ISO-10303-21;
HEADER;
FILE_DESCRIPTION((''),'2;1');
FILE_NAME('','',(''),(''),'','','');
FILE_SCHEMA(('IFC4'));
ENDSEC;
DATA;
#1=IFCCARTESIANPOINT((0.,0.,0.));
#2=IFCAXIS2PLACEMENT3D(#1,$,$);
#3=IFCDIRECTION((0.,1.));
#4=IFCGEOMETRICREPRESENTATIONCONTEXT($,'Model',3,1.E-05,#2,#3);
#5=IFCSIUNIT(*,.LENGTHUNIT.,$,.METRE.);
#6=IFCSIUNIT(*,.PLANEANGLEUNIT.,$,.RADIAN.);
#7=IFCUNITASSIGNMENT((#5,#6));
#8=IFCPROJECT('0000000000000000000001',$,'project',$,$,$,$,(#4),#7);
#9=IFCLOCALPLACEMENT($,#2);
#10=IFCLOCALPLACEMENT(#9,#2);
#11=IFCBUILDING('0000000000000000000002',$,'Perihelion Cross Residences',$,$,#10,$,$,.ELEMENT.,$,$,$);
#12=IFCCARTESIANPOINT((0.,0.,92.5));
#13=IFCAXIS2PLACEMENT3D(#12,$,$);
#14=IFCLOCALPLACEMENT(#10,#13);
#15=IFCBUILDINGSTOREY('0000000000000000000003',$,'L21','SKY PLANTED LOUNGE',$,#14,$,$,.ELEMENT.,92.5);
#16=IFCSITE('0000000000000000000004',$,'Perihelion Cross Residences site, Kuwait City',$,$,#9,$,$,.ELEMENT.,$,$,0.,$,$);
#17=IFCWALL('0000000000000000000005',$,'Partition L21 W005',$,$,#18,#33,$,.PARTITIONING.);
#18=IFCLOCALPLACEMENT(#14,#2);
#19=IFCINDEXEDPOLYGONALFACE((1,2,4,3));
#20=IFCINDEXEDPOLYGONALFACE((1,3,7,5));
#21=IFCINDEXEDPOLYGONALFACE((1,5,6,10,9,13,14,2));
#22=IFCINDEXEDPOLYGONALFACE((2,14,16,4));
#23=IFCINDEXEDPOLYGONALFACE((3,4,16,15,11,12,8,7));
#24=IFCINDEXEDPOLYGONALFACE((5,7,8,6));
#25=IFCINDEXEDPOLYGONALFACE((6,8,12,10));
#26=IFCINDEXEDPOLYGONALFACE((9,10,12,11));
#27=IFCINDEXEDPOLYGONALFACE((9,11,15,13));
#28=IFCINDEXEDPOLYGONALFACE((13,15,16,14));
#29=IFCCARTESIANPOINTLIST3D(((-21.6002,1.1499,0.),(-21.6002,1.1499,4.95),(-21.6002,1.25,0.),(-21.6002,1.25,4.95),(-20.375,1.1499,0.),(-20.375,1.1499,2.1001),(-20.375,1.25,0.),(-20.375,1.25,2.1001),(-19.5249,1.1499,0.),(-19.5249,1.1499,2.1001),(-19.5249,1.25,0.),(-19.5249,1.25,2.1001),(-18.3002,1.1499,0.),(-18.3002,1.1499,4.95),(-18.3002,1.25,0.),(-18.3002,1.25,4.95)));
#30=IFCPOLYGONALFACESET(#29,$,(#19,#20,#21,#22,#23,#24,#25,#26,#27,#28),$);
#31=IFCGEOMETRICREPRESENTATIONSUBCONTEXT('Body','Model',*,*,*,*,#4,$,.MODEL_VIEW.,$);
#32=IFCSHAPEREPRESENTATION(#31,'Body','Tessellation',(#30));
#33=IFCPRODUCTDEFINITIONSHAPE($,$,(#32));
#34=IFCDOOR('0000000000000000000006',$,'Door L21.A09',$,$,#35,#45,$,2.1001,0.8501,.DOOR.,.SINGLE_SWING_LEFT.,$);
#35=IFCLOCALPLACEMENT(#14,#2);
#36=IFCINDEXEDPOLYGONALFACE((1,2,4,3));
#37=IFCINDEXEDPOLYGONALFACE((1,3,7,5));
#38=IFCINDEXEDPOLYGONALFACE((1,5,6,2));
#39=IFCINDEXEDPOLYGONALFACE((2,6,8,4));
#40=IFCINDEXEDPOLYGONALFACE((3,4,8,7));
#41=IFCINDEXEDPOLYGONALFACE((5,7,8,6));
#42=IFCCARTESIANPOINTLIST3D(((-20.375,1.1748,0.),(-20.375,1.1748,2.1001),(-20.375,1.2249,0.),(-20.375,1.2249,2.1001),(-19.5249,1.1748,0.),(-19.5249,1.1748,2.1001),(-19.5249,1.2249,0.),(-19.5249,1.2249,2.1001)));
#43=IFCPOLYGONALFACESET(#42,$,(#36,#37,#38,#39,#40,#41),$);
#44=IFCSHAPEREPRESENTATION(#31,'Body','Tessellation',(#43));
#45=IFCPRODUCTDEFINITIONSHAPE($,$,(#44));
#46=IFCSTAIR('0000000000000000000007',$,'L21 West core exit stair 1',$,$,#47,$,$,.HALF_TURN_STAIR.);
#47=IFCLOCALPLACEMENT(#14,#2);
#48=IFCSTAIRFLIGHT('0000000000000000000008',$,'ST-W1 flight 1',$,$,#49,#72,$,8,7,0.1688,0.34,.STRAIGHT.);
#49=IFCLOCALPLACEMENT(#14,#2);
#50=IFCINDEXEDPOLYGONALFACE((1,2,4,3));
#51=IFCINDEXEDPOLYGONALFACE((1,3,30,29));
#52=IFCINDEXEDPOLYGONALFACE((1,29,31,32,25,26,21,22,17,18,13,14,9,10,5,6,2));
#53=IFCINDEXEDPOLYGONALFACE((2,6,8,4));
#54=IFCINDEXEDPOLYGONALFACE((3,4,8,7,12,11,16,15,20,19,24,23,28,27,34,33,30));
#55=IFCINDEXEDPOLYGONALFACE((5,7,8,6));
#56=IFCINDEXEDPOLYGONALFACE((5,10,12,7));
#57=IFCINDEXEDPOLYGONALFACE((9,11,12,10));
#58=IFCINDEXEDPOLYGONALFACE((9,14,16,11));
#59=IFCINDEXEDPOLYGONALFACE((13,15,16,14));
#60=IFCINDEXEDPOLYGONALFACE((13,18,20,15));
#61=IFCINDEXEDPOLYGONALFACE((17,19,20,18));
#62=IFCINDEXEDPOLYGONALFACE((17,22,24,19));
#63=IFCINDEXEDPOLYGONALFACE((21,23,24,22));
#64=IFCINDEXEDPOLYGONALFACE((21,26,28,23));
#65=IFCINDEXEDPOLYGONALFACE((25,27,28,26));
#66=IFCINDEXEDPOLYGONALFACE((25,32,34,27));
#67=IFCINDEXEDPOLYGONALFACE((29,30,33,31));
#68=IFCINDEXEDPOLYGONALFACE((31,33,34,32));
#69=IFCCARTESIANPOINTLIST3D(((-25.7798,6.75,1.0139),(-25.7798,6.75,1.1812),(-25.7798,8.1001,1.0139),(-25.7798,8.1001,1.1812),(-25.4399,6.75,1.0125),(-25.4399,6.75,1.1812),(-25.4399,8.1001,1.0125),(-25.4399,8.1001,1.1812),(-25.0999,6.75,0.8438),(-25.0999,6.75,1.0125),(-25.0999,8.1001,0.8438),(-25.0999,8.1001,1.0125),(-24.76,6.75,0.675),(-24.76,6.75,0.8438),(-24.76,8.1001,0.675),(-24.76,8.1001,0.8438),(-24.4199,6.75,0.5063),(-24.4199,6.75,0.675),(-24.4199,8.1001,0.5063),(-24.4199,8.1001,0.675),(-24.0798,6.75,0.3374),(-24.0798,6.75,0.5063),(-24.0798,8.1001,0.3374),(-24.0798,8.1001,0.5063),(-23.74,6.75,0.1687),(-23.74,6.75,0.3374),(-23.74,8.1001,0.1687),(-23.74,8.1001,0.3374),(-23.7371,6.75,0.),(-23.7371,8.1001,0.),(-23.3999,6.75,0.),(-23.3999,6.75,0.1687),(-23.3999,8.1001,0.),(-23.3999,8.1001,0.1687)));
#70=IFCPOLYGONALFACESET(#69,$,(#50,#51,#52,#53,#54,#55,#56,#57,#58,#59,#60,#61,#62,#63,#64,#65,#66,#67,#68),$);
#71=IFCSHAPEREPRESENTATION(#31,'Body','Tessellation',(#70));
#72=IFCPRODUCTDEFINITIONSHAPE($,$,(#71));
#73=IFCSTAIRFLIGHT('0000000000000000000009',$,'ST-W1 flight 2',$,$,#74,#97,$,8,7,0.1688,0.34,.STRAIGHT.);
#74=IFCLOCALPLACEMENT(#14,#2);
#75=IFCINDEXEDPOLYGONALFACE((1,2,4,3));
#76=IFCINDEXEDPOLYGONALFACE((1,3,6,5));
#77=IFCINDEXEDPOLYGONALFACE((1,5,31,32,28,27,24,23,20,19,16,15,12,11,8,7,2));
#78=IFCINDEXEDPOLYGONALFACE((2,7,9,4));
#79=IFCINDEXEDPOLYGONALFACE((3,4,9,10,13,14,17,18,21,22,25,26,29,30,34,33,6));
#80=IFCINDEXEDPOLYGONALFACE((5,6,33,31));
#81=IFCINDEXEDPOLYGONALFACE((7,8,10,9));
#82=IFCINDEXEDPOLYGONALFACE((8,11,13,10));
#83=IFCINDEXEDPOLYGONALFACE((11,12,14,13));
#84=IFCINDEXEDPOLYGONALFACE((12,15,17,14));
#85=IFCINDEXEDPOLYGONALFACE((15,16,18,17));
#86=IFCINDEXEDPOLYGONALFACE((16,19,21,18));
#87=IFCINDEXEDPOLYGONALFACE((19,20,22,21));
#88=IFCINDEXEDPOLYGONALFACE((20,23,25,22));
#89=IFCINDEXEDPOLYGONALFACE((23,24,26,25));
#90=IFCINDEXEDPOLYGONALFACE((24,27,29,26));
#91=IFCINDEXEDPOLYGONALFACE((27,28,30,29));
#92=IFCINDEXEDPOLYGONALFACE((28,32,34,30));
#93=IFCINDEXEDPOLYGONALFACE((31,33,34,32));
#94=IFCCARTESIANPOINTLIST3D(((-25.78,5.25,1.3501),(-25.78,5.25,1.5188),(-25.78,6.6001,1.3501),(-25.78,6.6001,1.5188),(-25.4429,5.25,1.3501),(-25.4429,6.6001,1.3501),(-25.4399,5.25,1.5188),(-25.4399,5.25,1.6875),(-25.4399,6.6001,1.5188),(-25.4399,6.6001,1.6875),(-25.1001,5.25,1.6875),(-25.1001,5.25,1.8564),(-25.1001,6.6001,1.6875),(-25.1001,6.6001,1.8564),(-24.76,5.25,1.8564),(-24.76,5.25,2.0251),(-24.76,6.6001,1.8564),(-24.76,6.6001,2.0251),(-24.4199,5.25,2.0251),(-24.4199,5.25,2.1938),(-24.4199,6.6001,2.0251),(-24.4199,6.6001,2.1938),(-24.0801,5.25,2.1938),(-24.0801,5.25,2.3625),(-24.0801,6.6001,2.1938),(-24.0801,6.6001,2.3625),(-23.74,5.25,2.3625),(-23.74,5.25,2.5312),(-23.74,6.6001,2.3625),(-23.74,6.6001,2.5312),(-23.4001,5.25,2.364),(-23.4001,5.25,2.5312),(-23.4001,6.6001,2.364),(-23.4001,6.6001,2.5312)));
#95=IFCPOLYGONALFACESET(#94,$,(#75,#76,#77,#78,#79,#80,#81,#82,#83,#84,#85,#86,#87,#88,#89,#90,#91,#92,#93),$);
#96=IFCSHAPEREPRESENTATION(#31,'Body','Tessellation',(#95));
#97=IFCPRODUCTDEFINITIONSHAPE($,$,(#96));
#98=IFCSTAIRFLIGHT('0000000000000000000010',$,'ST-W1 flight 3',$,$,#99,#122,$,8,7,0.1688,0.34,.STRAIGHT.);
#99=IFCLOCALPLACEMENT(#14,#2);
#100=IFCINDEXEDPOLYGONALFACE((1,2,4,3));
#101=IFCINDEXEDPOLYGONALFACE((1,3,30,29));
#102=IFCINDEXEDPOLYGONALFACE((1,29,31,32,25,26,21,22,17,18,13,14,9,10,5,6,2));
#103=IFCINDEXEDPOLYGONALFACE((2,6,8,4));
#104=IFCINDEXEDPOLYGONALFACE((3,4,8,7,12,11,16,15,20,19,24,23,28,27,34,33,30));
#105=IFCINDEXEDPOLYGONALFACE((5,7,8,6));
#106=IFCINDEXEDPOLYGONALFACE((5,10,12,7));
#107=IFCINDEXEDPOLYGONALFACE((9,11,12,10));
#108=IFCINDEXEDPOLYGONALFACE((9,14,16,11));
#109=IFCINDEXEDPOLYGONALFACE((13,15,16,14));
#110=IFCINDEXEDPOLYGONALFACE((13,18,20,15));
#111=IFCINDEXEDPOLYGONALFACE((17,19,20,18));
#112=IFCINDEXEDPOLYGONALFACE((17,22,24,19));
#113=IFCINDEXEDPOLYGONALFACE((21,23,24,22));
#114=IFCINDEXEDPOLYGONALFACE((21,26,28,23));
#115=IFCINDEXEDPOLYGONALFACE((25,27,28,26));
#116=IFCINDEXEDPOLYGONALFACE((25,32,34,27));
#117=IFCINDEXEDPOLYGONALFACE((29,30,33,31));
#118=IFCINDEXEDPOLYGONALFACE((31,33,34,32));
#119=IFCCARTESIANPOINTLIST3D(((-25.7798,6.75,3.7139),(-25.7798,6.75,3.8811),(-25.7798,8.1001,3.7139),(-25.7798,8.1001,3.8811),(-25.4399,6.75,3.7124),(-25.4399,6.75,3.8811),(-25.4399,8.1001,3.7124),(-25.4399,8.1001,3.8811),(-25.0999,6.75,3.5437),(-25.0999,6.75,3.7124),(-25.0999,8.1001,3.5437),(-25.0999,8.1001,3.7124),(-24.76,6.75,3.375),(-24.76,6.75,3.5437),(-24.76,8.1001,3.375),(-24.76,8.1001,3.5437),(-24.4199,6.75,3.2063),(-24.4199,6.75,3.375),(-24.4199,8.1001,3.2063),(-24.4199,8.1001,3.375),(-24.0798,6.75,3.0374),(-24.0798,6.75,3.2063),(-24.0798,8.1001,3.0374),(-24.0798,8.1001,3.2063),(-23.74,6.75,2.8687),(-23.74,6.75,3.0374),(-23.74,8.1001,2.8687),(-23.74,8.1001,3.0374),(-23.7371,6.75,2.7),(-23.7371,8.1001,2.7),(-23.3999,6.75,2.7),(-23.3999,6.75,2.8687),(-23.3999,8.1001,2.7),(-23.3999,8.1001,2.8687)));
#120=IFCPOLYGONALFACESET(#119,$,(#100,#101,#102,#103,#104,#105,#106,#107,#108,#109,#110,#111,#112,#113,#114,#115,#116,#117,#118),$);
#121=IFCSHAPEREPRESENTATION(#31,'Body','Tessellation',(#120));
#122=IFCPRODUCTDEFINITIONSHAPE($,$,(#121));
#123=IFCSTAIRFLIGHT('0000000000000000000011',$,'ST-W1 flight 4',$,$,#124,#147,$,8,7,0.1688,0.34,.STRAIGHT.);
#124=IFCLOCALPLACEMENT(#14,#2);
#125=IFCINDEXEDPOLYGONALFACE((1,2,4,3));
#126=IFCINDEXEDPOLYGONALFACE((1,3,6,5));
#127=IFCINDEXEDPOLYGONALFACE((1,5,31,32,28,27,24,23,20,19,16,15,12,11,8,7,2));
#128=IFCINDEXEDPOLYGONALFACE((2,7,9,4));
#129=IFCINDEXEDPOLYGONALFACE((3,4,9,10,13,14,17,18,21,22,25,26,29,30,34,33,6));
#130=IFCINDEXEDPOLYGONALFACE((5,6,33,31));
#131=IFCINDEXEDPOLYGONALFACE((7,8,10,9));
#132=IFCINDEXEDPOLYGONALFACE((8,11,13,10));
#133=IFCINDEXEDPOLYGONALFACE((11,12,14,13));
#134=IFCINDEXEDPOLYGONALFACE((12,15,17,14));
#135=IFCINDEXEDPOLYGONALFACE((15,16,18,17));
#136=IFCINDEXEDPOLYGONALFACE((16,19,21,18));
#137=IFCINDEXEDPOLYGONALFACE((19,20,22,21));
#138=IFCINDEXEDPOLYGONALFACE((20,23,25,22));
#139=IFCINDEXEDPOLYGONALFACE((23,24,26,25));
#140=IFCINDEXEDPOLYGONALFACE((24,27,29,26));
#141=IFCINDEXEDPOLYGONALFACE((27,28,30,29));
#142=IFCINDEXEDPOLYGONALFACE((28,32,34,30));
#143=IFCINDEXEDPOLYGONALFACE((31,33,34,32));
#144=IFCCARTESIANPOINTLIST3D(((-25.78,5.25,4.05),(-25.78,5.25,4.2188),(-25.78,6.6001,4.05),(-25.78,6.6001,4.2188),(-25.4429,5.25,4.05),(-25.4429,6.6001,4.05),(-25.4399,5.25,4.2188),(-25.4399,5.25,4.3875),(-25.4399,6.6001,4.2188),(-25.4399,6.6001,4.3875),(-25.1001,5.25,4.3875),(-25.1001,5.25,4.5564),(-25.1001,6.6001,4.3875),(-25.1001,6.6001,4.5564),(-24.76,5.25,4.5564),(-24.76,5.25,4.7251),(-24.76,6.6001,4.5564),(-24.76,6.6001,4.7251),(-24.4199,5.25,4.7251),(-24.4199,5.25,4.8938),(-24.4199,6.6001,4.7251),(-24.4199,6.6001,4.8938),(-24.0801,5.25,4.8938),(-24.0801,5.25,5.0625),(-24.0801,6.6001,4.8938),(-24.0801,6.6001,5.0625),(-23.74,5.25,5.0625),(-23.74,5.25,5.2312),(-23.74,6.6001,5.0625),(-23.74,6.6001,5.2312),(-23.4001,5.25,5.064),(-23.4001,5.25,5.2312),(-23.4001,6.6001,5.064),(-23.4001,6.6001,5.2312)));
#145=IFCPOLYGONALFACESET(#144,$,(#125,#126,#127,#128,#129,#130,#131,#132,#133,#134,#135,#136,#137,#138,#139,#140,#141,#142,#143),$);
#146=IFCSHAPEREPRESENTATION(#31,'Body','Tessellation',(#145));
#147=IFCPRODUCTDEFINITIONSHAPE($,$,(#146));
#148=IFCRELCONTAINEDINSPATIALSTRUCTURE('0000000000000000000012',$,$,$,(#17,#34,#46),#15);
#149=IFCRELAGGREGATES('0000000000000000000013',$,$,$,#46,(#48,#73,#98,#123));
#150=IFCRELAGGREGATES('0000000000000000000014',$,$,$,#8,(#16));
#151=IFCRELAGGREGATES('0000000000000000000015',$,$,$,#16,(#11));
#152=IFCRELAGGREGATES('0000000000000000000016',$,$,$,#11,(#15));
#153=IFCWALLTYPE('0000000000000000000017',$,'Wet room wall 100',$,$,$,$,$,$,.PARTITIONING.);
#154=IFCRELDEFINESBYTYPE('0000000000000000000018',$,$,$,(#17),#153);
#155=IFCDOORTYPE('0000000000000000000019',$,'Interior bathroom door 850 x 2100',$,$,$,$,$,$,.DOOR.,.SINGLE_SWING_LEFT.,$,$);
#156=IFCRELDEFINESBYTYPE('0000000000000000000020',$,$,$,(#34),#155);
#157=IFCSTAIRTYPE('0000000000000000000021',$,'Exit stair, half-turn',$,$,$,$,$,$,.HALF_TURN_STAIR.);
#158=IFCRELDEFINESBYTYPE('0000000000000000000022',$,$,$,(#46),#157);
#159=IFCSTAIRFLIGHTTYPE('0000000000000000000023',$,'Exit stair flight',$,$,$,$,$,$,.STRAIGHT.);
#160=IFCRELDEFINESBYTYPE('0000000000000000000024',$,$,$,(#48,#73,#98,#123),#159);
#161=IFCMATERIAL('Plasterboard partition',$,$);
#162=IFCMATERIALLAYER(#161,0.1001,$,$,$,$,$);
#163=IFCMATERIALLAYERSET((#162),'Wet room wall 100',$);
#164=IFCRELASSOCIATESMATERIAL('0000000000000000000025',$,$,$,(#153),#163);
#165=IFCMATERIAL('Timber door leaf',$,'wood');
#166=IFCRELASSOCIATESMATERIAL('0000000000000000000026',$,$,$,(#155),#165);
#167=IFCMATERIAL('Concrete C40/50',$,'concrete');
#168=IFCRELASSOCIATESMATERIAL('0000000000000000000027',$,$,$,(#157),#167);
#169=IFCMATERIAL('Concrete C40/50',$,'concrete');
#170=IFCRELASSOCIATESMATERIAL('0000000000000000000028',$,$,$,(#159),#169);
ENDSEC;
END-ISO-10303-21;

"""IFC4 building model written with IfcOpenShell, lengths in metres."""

from ifc_helpers import new_model, si_unit, direction, frame, frame_2d, origin, place, context, subcontext, project, spatial, polyline, rectangle, outline, extrude, material, layer, layer_set, type_object, element, fill, aggregate, save


model = new_model("IFC4")

# Units and contexts
model_context = context("Model", 3, precision=1e-05, world=origin(), true_north=direction((0.0, 1.0)))
body_context = subcontext(model_context, "Body", "Model", "MODEL_VIEW")
ifc_project = project(units=[si_unit("LENGTHUNIT", "METRE"), si_unit("PLANEANGLEUNIT", "RADIAN")], contexts=[model_context])

# Site, building, storey
site_placement = place(None, origin())
site = spatial("IfcSite", under=ifc_project, at=site_placement, Name="Perihelion Cross Residences site, Kuwait City", CompositionType="ELEMENT", RefElevation=0.0)
building_placement = place(site_placement, origin())
building = spatial("IfcBuilding", under=site, at=building_placement, Name="Perihelion Cross Residences", CompositionType="ELEMENT")
storey_placement = place(building_placement, frame((0.0, 0.0, 92.5)))
storey = spatial("IfcBuildingStorey", under=building, at=storey_placement, Name="L21", Description="SKY PLANTED LOUNGE", CompositionType="ELEMENT", Elevation=92.5)

# Wall, opening, door
ifc_material_1 = material(Name="Plasterboard partition")
ifc_layer_1 = layer(ifc_material_1, 0.1001)
ifc_layer_set_1 = layer_set([ifc_layer_1], Name="Wet room wall 100")
wall_type_1 = type_object("IfcWallType", Name="Wet room wall 100", PredefinedType="PARTITIONING", material=ifc_layer_set_1)
wall_1_placement = place(storey_placement, frame((-21.6001, 1.2, 0.0), z_axis=(0.0, 0.0, 1.0), x_axis=(1.0, 0.0, 0.0)))
wall_1 = element("IfcWall", 1, at=wall_1_placement, inside=storey, type_object=wall_type_1, Name="Partition L21 W005", PredefinedType="PARTITIONING", context=body_context, shape_type="SweptSolid", body=[
    extrude(rectangle(XDim=3.3, YDim=0.1001, at=frame_2d((1.6499, 0.0))), origin(), (0.0, 0.0, 1.0), 4.95),
])
opening_1_placement = place(wall_1_placement, frame((1.2251, 0.0, 0.0)))
opening_1 = element("IfcOpeningElement", 2, at=opening_1_placement, cuts=wall_1, PredefinedType="OPENING", context=body_context, shape_type="SweptSolid", body=[
    extrude(rectangle(XDim=0.8501, YDim=2.1001, at=frame_2d((0.425, 1.05))), frame((0.0, 0.0601, 0.0), z_axis=(0.0, -1.0, 0.0), x_axis=(1.0, 0.0, 0.0)), (0.0, 0.0, 1.0), 0.1201),
])
ifc_material_2 = material(Name="Timber door leaf", Category="wood")
door_type_1 = type_object("IfcDoorType", Name="Interior bathroom door 850 x 2100", OperationType="SINGLE_SWING_LEFT", PredefinedType="DOOR", material=ifc_material_2)
door_1_placement = place(opening_1_placement, origin())
door_1 = element("IfcDoor", 3, at=door_1_placement, inside=storey, type_object=door_type_1, Name="Door L21.A09", OperationType="SINGLE_SWING_LEFT", OverallHeight=2.1001, OverallWidth=0.8501, PredefinedType="DOOR", context=body_context, shape_type="SweptSolid", body=[
    extrude(rectangle(XDim=0.8501, YDim=2.1001, at=frame_2d((0.425, 1.05))), frame((0.0, 0.0249, 0.0), z_axis=(0.0, -1.0, 0.0), x_axis=(1.0, 0.0, 0.0)), (0.0, 0.0, 1.0), 0.05),
])
fill(opening_1, door_1)

# Stair, stair flights
ifc_material_3 = material(Name="Concrete C40/50", Category="concrete")
stair_type = type_object("IfcStairType", Name="Exit stair, half-turn", PredefinedType="HALF_TURN_STAIR", material=ifc_material_3)
stair_placement = place(storey_placement, origin())
stair = element("IfcStair", 4, at=stair_placement, inside=storey, type_object=stair_type, Name="L21 West core exit stair 1", PredefinedType="HALF_TURN_STAIR")
ifc_material_4 = material(Name="Concrete C40/50", Category="concrete")
stair_flight_type = type_object("IfcStairFlightType", Name="Exit stair flight", PredefinedType="STRAIGHT", material=ifc_material_4)
stair_flight_1_placement = place(storey_placement, frame((-23.3999, 7.425, 0.0), z_axis=(0.0, 0.0, 1.0), x_axis=(-1.0, 0.0, 0.0)))
stair_flight_1 = element("IfcStairFlight", 5, at=stair_flight_1_placement, type_object=stair_flight_type, Name="ST-W1 flight 1", NumberOfRisers=8, NumberOfTreads=7, PredefinedType="STRAIGHT", RiserHeight=0.1688, TreadLength=0.34, context=body_context, shape_type="SweptSolid", body=[
    extrude(outline(polyline([(0.0, 0.0), (0.0, 0.1687), (0.3401, 0.1687), (0.3401, 0.3374), (0.6799, 0.3374), (0.6799, 0.5063), (1.02, 0.5063), (1.02, 0.675), (1.3601, 0.675), (1.3601, 0.8438), (1.7, 0.8438), (1.7, 1.0125), (2.04, 1.0125), (2.04, 1.1812), (2.3799, 1.1812), (2.3799, 1.3501), (2.3799, 1.0139), (0.3372, 0.0), (0.0, 0.0)])), frame((0.0, 0.675, 0.0), z_axis=(0.0, -1.0, 0.0), x_axis=(1.0, 0.0, 0.0)), (0.0, 0.0, 1.0), 1.3501),
])
stair_flight_2_placement = place(storey_placement, frame((-25.78, 5.925, 1.3501), z_axis=(0.0, 0.0, 1.0), x_axis=(1.0, 0.0, 0.0)))
stair_flight_2 = element("IfcStairFlight", 6, at=stair_flight_2_placement, type_object=stair_flight_type, Name="ST-W1 flight 2", NumberOfRisers=8, NumberOfTreads=7, PredefinedType="STRAIGHT", RiserHeight=0.1688, TreadLength=0.34, context=body_context, shape_type="SweptSolid", body=[
    extrude(outline(polyline([(0.0, 0.0), (0.0, 0.1687), (0.3401, 0.1687), (0.3401, 0.3374), (0.6799, 0.3374), (0.6799, 0.5063), (1.02, 0.5063), (1.02, 0.675), (1.3601, 0.675), (1.3601, 0.8438), (1.7, 0.8438), (1.7, 1.0125), (2.04, 1.0125), (2.04, 1.1812), (2.3799, 1.1812), (2.3799, 1.3501), (2.3799, 1.0139), (0.3372, 0.0), (0.0, 0.0)])), frame((0.0, 0.675, 0.0), z_axis=(0.0, -1.0, 0.0), x_axis=(1.0, 0.0, 0.0)), (0.0, 0.0, 1.0), 1.3501),
])
stair_flight_3_placement = place(storey_placement, frame((-23.3999, 7.425, 2.7), z_axis=(0.0, 0.0, 1.0), x_axis=(-1.0, 0.0, 0.0)))
stair_flight_3 = element("IfcStairFlight", 7, at=stair_flight_3_placement, type_object=stair_flight_type, Name="ST-W1 flight 3", NumberOfRisers=8, NumberOfTreads=7, PredefinedType="STRAIGHT", RiserHeight=0.1688, TreadLength=0.34, context=body_context, shape_type="SweptSolid", body=[
    extrude(outline(polyline([(0.0, 0.0), (0.0, 0.1687), (0.3401, 0.1687), (0.3401, 0.3374), (0.6799, 0.3374), (0.6799, 0.5063), (1.02, 0.5063), (1.02, 0.675), (1.3601, 0.675), (1.3601, 0.8438), (1.7, 0.8438), (1.7, 1.0125), (2.04, 1.0125), (2.04, 1.1812), (2.3799, 1.1812), (2.3799, 1.3501), (2.3799, 1.0139), (0.3372, 0.0), (0.0, 0.0)])), frame((0.0, 0.675, 0.0), z_axis=(0.0, -1.0, 0.0), x_axis=(1.0, 0.0, 0.0)), (0.0, 0.0, 1.0), 1.3501),
])
stair_flight_4_placement = place(storey_placement, frame((-25.78, 5.925, 4.05), z_axis=(0.0, 0.0, 1.0), x_axis=(1.0, 0.0, 0.0)))
stair_flight_4 = element("IfcStairFlight", 8, at=stair_flight_4_placement, type_object=stair_flight_type, Name="ST-W1 flight 4", NumberOfRisers=8, NumberOfTreads=7, PredefinedType="STRAIGHT", RiserHeight=0.1688, TreadLength=0.34, context=body_context, shape_type="SweptSolid", body=[
    extrude(outline(polyline([(0.0, 0.0), (0.0, 0.1687), (0.3401, 0.1687), (0.3401, 0.3374), (0.6799, 0.3374), (0.6799, 0.5063), (1.02, 0.5063), (1.02, 0.675), (1.3601, 0.675), (1.3601, 0.8438), (1.7, 0.8438), (1.7, 1.0125), (2.04, 1.0125), (2.04, 1.1812), (2.3799, 1.1812), (2.3799, 1.3501), (2.3799, 1.0139), (0.3372, 0.0), (0.0, 0.0)])), frame((0.0, 0.675, 0.0), z_axis=(0.0, -1.0, 0.0), x_axis=(1.0, 0.0, 0.0)), (0.0, 0.0, 1.0), 1.3501),
])
aggregate(stair, [stair_flight_1, stair_flight_2, stair_flight_3, stair_flight_4])

save(model, "model.ifc")
